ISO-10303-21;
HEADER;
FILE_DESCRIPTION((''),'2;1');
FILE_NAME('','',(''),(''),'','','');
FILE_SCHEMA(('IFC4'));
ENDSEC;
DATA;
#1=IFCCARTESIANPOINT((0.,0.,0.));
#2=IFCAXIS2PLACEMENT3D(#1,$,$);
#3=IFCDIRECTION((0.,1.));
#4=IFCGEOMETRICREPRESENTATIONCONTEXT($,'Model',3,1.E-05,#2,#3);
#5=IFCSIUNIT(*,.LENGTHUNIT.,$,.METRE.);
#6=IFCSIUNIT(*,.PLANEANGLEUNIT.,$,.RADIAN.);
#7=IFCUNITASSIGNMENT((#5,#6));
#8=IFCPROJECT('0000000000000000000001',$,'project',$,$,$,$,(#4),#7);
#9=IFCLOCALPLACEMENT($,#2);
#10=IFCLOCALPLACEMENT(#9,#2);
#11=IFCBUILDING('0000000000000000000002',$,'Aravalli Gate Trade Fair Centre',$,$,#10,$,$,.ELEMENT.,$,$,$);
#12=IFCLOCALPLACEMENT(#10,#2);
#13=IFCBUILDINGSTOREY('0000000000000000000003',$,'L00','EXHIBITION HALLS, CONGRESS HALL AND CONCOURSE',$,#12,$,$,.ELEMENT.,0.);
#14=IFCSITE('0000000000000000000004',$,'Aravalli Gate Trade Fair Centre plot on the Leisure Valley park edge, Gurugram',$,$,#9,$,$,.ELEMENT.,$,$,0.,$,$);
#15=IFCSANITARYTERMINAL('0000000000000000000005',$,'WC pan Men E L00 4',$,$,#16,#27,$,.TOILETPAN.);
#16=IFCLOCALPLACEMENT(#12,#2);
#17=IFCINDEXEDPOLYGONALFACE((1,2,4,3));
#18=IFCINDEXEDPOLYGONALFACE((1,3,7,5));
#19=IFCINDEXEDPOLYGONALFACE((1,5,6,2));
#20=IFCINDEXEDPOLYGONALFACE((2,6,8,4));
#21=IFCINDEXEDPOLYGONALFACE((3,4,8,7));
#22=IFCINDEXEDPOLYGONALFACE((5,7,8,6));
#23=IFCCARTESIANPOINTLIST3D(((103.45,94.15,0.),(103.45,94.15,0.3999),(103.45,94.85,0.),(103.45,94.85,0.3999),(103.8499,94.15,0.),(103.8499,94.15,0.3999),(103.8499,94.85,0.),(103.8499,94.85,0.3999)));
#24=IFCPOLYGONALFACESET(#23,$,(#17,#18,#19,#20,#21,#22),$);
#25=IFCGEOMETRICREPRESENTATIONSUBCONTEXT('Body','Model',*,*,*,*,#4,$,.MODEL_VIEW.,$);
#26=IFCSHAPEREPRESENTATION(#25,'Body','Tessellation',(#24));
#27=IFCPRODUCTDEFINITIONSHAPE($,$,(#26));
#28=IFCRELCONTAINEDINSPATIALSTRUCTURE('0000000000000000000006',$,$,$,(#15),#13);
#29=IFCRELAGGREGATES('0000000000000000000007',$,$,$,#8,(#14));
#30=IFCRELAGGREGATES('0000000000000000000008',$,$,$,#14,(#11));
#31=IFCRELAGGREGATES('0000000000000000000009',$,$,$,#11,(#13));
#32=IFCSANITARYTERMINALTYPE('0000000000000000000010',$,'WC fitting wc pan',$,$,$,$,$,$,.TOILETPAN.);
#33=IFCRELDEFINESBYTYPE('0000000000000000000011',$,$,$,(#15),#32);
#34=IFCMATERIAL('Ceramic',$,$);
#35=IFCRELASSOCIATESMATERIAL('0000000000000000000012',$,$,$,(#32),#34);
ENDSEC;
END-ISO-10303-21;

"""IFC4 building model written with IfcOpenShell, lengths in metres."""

from ifc_helpers import new_model, si_unit, direction, frame, origin, origin_2d, place, context, subcontext, project, spatial, rectangle, extrude, material, type_object, element, save


model = new_model("IFC4")

# Units and contexts
model_context = context("Model", 3, precision=1e-05, world=origin(), true_north=direction((0.0, 1.0)))
body_context = subcontext(model_context, "Body", "Model", "MODEL_VIEW")
ifc_project = project(units=[si_unit("LENGTHUNIT", "METRE"), si_unit("PLANEANGLEUNIT", "RADIAN")], contexts=[model_context])

# Site, building, storey
site_placement = place(None, origin())
site = spatial("IfcSite", under=ifc_project, at=site_placement, Name="Aravalli Gate Trade Fair Centre plot on the Leisure Valley park edge, Gurugram", CompositionType="ELEMENT", RefElevation=0.0)
building_placement = place(site_placement, origin())
building = spatial("IfcBuilding", under=site, at=building_placement, Name="Aravalli Gate Trade Fair Centre", CompositionType="ELEMENT")
storey_placement = place(building_placement, origin())
storey = spatial("IfcBuildingStorey", under=building, at=storey_placement, Name="L00", Description="EXHIBITION HALLS, CONGRESS HALL AND CONCOURSE", CompositionType="ELEMENT", Elevation=0.0)

# Sanitary terminal
ifc_material_1 = material(Name="Ceramic")
sanitary_terminal_type = type_object("IfcSanitaryTerminalType", Name="WC fitting wc pan", PredefinedType="TOILETPAN", material=ifc_material_1)
for number, where, z_axis, x_axis, name in (
    (1, (103.6499, 94.5, 0.0), (0.0, 0.0, 1.0), (1.0, 0.0, 0.0), "WC pan Men E L00 4"),
):
    element("IfcSanitaryTerminal", number, at=place(storey_placement, frame(where, z_axis=z_axis, x_axis=x_axis)), inside=storey, type_object=sanitary_terminal_type, Name=name, PredefinedType="TOILETPAN", context=body_context, shape_type="SweptSolid", body=[
        extrude(rectangle(XDim=0.3999, YDim=0.7, at=origin_2d()), origin(), (0.0, 0.0, 1.0), 0.3999),
    ])

save(model, "model.ifc")
